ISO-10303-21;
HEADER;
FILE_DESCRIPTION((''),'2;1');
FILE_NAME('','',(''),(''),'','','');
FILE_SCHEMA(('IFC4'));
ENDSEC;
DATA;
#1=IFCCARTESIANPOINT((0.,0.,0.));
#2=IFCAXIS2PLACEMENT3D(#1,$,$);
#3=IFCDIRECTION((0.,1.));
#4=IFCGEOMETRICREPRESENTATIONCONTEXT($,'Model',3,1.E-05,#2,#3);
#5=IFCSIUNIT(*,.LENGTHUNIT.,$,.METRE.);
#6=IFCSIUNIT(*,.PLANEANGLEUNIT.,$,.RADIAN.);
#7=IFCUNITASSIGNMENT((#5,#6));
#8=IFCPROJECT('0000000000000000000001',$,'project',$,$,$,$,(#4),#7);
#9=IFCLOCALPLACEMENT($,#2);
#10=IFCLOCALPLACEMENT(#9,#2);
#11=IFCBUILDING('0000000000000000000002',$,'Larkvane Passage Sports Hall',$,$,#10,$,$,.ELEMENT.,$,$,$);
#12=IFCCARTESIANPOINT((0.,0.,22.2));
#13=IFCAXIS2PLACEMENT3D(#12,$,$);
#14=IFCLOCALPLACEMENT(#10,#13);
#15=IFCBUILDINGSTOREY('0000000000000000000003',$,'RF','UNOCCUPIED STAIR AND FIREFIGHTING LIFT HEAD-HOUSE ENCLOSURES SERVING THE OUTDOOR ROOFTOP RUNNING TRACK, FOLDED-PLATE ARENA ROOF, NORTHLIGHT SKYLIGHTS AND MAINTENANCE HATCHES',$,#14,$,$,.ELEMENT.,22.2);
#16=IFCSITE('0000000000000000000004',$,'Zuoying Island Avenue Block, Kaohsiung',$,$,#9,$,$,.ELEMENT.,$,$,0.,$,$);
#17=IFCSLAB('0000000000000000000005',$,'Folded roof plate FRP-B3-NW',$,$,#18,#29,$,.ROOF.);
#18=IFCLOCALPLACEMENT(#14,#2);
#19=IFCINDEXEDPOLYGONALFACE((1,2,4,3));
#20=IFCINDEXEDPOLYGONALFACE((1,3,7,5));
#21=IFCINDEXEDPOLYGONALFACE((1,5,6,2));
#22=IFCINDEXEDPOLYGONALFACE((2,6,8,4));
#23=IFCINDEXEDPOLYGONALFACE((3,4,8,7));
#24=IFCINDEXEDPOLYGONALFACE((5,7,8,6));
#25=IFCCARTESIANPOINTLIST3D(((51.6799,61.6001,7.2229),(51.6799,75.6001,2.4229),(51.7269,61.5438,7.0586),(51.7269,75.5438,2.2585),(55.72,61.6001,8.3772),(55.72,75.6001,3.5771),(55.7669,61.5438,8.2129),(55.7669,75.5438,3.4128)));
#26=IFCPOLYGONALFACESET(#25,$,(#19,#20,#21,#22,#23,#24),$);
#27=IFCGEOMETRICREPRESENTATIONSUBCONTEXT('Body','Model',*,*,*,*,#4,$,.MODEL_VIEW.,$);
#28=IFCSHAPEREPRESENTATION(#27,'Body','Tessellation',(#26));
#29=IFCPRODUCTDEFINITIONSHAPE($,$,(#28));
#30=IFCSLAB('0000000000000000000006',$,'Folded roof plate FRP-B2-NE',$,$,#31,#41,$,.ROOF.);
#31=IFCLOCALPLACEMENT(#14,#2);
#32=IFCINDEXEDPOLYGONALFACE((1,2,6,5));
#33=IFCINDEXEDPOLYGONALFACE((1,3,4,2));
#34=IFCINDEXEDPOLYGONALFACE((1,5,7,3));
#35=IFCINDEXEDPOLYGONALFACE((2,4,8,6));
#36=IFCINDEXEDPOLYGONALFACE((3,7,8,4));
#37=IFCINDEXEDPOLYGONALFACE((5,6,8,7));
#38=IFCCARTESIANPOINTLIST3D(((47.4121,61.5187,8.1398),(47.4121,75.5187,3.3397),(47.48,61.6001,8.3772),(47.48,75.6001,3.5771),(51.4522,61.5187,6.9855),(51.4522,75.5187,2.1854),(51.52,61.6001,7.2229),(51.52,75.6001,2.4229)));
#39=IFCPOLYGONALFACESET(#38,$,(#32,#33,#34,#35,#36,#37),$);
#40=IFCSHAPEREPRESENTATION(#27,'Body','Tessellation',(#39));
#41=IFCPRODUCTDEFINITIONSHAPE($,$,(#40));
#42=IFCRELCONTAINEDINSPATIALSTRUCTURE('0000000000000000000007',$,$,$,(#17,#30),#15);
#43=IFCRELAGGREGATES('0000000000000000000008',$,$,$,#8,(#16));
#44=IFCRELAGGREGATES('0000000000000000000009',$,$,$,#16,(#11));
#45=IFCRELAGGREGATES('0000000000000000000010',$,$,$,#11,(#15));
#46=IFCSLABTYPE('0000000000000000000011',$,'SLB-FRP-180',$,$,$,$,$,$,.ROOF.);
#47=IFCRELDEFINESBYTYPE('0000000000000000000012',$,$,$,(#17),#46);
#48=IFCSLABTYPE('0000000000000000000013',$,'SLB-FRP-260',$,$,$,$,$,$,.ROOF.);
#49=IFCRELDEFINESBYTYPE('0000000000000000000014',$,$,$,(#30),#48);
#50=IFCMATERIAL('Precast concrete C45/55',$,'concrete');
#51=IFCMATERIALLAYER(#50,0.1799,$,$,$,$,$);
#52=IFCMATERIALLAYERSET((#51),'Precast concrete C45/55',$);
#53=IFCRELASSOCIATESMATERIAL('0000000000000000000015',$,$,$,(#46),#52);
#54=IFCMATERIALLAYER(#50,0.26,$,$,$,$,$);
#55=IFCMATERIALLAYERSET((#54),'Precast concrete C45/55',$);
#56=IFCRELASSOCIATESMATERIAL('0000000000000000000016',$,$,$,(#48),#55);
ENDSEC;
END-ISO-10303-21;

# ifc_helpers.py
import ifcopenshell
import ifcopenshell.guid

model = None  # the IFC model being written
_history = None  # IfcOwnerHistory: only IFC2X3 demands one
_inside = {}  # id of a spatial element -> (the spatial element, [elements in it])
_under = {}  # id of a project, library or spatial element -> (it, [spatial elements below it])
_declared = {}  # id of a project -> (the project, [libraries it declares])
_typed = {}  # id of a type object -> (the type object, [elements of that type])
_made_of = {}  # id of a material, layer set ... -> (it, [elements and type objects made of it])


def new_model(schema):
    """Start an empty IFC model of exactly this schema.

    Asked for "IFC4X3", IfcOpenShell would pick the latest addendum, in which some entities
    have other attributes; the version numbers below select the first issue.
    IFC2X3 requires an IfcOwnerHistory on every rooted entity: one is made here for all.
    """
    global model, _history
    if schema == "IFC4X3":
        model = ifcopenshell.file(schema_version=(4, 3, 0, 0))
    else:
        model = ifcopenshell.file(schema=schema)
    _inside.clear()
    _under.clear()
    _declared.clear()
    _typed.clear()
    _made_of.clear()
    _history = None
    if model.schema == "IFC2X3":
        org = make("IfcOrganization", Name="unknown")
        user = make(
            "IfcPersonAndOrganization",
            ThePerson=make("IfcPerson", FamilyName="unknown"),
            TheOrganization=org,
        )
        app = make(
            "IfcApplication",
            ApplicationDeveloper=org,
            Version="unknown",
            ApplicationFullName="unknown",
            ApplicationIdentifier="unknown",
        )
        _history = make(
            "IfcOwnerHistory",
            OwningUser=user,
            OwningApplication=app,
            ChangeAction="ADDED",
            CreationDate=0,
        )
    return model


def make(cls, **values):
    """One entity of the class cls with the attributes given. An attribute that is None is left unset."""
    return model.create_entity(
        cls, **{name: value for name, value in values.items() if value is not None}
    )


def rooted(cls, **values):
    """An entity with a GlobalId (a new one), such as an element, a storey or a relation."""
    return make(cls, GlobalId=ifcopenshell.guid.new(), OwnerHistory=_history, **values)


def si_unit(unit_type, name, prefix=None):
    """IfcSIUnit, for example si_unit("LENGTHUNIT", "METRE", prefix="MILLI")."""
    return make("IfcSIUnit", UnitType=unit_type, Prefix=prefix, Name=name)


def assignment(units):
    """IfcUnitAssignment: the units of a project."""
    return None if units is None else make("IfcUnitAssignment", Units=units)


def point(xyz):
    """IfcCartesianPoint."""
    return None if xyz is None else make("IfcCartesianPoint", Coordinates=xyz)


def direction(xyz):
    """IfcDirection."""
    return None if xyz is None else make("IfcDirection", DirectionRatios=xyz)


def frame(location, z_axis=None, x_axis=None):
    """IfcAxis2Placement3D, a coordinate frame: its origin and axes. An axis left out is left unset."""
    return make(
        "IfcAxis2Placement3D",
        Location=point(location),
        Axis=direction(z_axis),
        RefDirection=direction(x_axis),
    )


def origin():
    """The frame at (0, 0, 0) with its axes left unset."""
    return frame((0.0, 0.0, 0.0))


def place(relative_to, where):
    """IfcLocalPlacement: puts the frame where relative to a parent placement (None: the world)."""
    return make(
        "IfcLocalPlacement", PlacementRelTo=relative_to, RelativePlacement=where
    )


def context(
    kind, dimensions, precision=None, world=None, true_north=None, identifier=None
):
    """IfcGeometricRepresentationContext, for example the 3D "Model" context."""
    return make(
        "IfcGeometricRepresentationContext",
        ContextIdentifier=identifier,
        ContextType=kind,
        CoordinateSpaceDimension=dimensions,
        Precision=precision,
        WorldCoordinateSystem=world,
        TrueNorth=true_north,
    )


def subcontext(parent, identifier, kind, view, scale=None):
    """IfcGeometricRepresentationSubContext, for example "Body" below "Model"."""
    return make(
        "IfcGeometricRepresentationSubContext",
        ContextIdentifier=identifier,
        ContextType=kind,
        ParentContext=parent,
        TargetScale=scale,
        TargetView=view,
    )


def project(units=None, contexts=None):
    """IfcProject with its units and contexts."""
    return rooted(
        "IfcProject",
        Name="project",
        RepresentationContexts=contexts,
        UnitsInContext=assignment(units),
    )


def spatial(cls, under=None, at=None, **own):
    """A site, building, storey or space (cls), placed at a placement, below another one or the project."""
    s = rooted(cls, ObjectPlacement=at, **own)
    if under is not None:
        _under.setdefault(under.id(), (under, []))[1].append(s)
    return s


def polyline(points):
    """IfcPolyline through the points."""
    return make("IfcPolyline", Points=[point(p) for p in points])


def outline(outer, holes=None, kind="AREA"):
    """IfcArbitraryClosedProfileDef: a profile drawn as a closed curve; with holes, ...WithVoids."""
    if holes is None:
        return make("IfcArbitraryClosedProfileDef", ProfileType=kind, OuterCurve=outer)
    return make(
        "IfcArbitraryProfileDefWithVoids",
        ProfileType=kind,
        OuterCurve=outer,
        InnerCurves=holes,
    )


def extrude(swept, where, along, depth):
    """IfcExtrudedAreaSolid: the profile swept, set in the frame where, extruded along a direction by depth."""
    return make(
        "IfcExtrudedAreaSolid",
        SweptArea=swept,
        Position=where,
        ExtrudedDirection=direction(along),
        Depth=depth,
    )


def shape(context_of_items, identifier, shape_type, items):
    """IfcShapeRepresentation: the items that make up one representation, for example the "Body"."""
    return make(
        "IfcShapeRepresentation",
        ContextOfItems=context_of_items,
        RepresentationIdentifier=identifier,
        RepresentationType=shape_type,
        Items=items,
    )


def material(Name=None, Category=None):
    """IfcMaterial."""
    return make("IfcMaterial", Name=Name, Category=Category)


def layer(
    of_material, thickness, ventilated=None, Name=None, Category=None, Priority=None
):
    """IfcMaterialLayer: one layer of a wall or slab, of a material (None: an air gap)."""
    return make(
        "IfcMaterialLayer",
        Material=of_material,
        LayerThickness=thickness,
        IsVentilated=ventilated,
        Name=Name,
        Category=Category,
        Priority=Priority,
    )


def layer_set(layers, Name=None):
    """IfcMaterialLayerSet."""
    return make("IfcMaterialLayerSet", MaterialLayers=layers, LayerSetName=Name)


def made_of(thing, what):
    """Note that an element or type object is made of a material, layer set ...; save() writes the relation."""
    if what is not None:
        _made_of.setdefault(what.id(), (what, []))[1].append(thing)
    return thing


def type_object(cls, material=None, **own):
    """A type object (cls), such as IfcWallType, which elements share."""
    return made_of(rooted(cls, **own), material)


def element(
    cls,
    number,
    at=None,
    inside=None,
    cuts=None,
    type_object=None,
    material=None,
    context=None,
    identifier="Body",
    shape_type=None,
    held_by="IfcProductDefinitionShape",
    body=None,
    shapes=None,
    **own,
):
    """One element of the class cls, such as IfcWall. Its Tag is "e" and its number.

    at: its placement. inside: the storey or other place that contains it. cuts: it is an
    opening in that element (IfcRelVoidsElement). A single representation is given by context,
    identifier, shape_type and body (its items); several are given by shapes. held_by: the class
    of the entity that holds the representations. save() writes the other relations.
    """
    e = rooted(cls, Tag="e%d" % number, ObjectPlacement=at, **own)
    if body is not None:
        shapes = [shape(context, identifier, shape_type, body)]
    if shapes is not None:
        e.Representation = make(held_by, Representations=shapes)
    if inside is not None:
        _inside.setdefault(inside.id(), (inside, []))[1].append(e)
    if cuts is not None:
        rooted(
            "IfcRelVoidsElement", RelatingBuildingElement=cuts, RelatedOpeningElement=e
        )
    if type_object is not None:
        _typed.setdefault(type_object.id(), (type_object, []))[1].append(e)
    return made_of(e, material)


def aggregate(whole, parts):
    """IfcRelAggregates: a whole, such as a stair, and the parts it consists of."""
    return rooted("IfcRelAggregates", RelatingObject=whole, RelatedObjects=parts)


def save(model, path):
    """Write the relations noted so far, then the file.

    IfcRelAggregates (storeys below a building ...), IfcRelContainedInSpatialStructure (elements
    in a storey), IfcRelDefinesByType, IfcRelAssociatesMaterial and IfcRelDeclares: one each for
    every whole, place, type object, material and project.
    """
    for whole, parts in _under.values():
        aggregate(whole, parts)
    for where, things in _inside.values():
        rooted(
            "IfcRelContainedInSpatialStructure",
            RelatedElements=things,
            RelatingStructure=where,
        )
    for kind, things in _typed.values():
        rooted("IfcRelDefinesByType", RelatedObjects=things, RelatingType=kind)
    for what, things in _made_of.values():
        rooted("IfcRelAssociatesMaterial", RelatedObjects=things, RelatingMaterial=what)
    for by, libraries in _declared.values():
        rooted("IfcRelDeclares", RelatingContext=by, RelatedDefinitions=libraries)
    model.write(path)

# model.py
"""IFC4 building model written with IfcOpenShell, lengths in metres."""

from ifc_helpers import new_model, si_unit, direction, frame, origin, place, context, subcontext, project, spatial, polyline, outline, extrude, material, layer, layer_set, type_object, element, save


model = new_model("IFC4")

# Units and contexts
model_context = context("Model", 3, precision=1e-05, world=origin(), true_north=direction((0.0, 1.0)))
body_context = subcontext(model_context, "Body", "Model", "MODEL_VIEW")
ifc_project = project(units=[si_unit("LENGTHUNIT", "METRE"), si_unit("PLANEANGLEUNIT", "RADIAN")], contexts=[model_context])

# Site, building, storey
site_placement = place(None, origin())
site = spatial("IfcSite", under=ifc_project, at=site_placement, Name="Zuoying Island Avenue Block, Kaohsiung", CompositionType="ELEMENT", RefElevation=0.0)
building_placement = place(site_placement, origin())
building = spatial("IfcBuilding", under=site, at=building_placement, Name="Larkvane Passage Sports Hall", CompositionType="ELEMENT")
storey_placement = place(building_placement, frame((0.0, 0.0, 22.2)))
storey = spatial("IfcBuildingStorey", under=building, at=storey_placement, Name="RF", Description="UNOCCUPIED STAIR AND FIREFIGHTING LIFT HEAD-HOUSE ENCLOSURES SERVING THE OUTDOOR ROOFTOP RUNNING TRACK, FOLDED-PLATE ARENA ROOF, NORTHLIGHT SKYLIGHTS AND MAINTENANCE HATCHES", CompositionType="ELEMENT", Elevation=22.2)

# Slabs
ifc_material_1 = material(Name="Precast concrete C45/55", Category="concrete")
ifc_layer_1 = layer(ifc_material_1, 0.1799)
ifc_layer_set_1 = layer_set([ifc_layer_1], Name="Precast concrete C45/55")
slab_type_1 = type_object("IfcSlabType", Name="SLB-FRP-180", PredefinedType="ROOF", material=ifc_layer_set_1)
slab_1_placement = place(storey_placement, frame((51.6799, 61.6001, 7.2229), z_axis=(-0.260909, 0.313094, 0.913181), x_axis=(0.961524, 0.0, 0.274721)))
element("IfcSlab", 1, at=slab_1_placement, inside=storey, type_object=slab_type_1, Name="Folded roof plate FRP-B3-NW", PredefinedType="ROOF", context=body_context, shape_type="SweptSolid", body=[
    extrude(outline(polyline([(0.0, 0.0), (4.2017, 0.0), (2.883, 14.7412), (-1.3187, 14.7412), (0.0, 0.0)])), origin(), (0.0, 0.0, -1.0), 0.1799),
])
ifc_layer_2 = layer(ifc_material_1, 0.26)
ifc_layer_set_2 = layer_set([ifc_layer_2], Name="Precast concrete C45/55")
slab_type_2 = type_object("IfcSlabType", Name="SLB-FRP-260", PredefinedType="ROOF", material=ifc_layer_set_2)
slab_2_placement = place(storey_placement, frame((47.48, 61.6001, 8.3772), z_axis=(0.260909, 0.313094, 0.913181), x_axis=(0.961524, 0.0, -0.274721)))
element("IfcSlab", 2, at=slab_2_placement, inside=storey, type_object=slab_type_2, Name="Folded roof plate FRP-B2-NE", PredefinedType="ROOF", context=body_context, shape_type="SweptSolid", body=[
    extrude(outline(polyline([(0.0, 0.0), (4.2017, 0.0), (5.5204, 14.7412), (1.3187, 14.7412), (0.0, 0.0)])), origin(), (0.0, 0.0, -1.0), 0.26),
])

save(model, "model.ifc")
